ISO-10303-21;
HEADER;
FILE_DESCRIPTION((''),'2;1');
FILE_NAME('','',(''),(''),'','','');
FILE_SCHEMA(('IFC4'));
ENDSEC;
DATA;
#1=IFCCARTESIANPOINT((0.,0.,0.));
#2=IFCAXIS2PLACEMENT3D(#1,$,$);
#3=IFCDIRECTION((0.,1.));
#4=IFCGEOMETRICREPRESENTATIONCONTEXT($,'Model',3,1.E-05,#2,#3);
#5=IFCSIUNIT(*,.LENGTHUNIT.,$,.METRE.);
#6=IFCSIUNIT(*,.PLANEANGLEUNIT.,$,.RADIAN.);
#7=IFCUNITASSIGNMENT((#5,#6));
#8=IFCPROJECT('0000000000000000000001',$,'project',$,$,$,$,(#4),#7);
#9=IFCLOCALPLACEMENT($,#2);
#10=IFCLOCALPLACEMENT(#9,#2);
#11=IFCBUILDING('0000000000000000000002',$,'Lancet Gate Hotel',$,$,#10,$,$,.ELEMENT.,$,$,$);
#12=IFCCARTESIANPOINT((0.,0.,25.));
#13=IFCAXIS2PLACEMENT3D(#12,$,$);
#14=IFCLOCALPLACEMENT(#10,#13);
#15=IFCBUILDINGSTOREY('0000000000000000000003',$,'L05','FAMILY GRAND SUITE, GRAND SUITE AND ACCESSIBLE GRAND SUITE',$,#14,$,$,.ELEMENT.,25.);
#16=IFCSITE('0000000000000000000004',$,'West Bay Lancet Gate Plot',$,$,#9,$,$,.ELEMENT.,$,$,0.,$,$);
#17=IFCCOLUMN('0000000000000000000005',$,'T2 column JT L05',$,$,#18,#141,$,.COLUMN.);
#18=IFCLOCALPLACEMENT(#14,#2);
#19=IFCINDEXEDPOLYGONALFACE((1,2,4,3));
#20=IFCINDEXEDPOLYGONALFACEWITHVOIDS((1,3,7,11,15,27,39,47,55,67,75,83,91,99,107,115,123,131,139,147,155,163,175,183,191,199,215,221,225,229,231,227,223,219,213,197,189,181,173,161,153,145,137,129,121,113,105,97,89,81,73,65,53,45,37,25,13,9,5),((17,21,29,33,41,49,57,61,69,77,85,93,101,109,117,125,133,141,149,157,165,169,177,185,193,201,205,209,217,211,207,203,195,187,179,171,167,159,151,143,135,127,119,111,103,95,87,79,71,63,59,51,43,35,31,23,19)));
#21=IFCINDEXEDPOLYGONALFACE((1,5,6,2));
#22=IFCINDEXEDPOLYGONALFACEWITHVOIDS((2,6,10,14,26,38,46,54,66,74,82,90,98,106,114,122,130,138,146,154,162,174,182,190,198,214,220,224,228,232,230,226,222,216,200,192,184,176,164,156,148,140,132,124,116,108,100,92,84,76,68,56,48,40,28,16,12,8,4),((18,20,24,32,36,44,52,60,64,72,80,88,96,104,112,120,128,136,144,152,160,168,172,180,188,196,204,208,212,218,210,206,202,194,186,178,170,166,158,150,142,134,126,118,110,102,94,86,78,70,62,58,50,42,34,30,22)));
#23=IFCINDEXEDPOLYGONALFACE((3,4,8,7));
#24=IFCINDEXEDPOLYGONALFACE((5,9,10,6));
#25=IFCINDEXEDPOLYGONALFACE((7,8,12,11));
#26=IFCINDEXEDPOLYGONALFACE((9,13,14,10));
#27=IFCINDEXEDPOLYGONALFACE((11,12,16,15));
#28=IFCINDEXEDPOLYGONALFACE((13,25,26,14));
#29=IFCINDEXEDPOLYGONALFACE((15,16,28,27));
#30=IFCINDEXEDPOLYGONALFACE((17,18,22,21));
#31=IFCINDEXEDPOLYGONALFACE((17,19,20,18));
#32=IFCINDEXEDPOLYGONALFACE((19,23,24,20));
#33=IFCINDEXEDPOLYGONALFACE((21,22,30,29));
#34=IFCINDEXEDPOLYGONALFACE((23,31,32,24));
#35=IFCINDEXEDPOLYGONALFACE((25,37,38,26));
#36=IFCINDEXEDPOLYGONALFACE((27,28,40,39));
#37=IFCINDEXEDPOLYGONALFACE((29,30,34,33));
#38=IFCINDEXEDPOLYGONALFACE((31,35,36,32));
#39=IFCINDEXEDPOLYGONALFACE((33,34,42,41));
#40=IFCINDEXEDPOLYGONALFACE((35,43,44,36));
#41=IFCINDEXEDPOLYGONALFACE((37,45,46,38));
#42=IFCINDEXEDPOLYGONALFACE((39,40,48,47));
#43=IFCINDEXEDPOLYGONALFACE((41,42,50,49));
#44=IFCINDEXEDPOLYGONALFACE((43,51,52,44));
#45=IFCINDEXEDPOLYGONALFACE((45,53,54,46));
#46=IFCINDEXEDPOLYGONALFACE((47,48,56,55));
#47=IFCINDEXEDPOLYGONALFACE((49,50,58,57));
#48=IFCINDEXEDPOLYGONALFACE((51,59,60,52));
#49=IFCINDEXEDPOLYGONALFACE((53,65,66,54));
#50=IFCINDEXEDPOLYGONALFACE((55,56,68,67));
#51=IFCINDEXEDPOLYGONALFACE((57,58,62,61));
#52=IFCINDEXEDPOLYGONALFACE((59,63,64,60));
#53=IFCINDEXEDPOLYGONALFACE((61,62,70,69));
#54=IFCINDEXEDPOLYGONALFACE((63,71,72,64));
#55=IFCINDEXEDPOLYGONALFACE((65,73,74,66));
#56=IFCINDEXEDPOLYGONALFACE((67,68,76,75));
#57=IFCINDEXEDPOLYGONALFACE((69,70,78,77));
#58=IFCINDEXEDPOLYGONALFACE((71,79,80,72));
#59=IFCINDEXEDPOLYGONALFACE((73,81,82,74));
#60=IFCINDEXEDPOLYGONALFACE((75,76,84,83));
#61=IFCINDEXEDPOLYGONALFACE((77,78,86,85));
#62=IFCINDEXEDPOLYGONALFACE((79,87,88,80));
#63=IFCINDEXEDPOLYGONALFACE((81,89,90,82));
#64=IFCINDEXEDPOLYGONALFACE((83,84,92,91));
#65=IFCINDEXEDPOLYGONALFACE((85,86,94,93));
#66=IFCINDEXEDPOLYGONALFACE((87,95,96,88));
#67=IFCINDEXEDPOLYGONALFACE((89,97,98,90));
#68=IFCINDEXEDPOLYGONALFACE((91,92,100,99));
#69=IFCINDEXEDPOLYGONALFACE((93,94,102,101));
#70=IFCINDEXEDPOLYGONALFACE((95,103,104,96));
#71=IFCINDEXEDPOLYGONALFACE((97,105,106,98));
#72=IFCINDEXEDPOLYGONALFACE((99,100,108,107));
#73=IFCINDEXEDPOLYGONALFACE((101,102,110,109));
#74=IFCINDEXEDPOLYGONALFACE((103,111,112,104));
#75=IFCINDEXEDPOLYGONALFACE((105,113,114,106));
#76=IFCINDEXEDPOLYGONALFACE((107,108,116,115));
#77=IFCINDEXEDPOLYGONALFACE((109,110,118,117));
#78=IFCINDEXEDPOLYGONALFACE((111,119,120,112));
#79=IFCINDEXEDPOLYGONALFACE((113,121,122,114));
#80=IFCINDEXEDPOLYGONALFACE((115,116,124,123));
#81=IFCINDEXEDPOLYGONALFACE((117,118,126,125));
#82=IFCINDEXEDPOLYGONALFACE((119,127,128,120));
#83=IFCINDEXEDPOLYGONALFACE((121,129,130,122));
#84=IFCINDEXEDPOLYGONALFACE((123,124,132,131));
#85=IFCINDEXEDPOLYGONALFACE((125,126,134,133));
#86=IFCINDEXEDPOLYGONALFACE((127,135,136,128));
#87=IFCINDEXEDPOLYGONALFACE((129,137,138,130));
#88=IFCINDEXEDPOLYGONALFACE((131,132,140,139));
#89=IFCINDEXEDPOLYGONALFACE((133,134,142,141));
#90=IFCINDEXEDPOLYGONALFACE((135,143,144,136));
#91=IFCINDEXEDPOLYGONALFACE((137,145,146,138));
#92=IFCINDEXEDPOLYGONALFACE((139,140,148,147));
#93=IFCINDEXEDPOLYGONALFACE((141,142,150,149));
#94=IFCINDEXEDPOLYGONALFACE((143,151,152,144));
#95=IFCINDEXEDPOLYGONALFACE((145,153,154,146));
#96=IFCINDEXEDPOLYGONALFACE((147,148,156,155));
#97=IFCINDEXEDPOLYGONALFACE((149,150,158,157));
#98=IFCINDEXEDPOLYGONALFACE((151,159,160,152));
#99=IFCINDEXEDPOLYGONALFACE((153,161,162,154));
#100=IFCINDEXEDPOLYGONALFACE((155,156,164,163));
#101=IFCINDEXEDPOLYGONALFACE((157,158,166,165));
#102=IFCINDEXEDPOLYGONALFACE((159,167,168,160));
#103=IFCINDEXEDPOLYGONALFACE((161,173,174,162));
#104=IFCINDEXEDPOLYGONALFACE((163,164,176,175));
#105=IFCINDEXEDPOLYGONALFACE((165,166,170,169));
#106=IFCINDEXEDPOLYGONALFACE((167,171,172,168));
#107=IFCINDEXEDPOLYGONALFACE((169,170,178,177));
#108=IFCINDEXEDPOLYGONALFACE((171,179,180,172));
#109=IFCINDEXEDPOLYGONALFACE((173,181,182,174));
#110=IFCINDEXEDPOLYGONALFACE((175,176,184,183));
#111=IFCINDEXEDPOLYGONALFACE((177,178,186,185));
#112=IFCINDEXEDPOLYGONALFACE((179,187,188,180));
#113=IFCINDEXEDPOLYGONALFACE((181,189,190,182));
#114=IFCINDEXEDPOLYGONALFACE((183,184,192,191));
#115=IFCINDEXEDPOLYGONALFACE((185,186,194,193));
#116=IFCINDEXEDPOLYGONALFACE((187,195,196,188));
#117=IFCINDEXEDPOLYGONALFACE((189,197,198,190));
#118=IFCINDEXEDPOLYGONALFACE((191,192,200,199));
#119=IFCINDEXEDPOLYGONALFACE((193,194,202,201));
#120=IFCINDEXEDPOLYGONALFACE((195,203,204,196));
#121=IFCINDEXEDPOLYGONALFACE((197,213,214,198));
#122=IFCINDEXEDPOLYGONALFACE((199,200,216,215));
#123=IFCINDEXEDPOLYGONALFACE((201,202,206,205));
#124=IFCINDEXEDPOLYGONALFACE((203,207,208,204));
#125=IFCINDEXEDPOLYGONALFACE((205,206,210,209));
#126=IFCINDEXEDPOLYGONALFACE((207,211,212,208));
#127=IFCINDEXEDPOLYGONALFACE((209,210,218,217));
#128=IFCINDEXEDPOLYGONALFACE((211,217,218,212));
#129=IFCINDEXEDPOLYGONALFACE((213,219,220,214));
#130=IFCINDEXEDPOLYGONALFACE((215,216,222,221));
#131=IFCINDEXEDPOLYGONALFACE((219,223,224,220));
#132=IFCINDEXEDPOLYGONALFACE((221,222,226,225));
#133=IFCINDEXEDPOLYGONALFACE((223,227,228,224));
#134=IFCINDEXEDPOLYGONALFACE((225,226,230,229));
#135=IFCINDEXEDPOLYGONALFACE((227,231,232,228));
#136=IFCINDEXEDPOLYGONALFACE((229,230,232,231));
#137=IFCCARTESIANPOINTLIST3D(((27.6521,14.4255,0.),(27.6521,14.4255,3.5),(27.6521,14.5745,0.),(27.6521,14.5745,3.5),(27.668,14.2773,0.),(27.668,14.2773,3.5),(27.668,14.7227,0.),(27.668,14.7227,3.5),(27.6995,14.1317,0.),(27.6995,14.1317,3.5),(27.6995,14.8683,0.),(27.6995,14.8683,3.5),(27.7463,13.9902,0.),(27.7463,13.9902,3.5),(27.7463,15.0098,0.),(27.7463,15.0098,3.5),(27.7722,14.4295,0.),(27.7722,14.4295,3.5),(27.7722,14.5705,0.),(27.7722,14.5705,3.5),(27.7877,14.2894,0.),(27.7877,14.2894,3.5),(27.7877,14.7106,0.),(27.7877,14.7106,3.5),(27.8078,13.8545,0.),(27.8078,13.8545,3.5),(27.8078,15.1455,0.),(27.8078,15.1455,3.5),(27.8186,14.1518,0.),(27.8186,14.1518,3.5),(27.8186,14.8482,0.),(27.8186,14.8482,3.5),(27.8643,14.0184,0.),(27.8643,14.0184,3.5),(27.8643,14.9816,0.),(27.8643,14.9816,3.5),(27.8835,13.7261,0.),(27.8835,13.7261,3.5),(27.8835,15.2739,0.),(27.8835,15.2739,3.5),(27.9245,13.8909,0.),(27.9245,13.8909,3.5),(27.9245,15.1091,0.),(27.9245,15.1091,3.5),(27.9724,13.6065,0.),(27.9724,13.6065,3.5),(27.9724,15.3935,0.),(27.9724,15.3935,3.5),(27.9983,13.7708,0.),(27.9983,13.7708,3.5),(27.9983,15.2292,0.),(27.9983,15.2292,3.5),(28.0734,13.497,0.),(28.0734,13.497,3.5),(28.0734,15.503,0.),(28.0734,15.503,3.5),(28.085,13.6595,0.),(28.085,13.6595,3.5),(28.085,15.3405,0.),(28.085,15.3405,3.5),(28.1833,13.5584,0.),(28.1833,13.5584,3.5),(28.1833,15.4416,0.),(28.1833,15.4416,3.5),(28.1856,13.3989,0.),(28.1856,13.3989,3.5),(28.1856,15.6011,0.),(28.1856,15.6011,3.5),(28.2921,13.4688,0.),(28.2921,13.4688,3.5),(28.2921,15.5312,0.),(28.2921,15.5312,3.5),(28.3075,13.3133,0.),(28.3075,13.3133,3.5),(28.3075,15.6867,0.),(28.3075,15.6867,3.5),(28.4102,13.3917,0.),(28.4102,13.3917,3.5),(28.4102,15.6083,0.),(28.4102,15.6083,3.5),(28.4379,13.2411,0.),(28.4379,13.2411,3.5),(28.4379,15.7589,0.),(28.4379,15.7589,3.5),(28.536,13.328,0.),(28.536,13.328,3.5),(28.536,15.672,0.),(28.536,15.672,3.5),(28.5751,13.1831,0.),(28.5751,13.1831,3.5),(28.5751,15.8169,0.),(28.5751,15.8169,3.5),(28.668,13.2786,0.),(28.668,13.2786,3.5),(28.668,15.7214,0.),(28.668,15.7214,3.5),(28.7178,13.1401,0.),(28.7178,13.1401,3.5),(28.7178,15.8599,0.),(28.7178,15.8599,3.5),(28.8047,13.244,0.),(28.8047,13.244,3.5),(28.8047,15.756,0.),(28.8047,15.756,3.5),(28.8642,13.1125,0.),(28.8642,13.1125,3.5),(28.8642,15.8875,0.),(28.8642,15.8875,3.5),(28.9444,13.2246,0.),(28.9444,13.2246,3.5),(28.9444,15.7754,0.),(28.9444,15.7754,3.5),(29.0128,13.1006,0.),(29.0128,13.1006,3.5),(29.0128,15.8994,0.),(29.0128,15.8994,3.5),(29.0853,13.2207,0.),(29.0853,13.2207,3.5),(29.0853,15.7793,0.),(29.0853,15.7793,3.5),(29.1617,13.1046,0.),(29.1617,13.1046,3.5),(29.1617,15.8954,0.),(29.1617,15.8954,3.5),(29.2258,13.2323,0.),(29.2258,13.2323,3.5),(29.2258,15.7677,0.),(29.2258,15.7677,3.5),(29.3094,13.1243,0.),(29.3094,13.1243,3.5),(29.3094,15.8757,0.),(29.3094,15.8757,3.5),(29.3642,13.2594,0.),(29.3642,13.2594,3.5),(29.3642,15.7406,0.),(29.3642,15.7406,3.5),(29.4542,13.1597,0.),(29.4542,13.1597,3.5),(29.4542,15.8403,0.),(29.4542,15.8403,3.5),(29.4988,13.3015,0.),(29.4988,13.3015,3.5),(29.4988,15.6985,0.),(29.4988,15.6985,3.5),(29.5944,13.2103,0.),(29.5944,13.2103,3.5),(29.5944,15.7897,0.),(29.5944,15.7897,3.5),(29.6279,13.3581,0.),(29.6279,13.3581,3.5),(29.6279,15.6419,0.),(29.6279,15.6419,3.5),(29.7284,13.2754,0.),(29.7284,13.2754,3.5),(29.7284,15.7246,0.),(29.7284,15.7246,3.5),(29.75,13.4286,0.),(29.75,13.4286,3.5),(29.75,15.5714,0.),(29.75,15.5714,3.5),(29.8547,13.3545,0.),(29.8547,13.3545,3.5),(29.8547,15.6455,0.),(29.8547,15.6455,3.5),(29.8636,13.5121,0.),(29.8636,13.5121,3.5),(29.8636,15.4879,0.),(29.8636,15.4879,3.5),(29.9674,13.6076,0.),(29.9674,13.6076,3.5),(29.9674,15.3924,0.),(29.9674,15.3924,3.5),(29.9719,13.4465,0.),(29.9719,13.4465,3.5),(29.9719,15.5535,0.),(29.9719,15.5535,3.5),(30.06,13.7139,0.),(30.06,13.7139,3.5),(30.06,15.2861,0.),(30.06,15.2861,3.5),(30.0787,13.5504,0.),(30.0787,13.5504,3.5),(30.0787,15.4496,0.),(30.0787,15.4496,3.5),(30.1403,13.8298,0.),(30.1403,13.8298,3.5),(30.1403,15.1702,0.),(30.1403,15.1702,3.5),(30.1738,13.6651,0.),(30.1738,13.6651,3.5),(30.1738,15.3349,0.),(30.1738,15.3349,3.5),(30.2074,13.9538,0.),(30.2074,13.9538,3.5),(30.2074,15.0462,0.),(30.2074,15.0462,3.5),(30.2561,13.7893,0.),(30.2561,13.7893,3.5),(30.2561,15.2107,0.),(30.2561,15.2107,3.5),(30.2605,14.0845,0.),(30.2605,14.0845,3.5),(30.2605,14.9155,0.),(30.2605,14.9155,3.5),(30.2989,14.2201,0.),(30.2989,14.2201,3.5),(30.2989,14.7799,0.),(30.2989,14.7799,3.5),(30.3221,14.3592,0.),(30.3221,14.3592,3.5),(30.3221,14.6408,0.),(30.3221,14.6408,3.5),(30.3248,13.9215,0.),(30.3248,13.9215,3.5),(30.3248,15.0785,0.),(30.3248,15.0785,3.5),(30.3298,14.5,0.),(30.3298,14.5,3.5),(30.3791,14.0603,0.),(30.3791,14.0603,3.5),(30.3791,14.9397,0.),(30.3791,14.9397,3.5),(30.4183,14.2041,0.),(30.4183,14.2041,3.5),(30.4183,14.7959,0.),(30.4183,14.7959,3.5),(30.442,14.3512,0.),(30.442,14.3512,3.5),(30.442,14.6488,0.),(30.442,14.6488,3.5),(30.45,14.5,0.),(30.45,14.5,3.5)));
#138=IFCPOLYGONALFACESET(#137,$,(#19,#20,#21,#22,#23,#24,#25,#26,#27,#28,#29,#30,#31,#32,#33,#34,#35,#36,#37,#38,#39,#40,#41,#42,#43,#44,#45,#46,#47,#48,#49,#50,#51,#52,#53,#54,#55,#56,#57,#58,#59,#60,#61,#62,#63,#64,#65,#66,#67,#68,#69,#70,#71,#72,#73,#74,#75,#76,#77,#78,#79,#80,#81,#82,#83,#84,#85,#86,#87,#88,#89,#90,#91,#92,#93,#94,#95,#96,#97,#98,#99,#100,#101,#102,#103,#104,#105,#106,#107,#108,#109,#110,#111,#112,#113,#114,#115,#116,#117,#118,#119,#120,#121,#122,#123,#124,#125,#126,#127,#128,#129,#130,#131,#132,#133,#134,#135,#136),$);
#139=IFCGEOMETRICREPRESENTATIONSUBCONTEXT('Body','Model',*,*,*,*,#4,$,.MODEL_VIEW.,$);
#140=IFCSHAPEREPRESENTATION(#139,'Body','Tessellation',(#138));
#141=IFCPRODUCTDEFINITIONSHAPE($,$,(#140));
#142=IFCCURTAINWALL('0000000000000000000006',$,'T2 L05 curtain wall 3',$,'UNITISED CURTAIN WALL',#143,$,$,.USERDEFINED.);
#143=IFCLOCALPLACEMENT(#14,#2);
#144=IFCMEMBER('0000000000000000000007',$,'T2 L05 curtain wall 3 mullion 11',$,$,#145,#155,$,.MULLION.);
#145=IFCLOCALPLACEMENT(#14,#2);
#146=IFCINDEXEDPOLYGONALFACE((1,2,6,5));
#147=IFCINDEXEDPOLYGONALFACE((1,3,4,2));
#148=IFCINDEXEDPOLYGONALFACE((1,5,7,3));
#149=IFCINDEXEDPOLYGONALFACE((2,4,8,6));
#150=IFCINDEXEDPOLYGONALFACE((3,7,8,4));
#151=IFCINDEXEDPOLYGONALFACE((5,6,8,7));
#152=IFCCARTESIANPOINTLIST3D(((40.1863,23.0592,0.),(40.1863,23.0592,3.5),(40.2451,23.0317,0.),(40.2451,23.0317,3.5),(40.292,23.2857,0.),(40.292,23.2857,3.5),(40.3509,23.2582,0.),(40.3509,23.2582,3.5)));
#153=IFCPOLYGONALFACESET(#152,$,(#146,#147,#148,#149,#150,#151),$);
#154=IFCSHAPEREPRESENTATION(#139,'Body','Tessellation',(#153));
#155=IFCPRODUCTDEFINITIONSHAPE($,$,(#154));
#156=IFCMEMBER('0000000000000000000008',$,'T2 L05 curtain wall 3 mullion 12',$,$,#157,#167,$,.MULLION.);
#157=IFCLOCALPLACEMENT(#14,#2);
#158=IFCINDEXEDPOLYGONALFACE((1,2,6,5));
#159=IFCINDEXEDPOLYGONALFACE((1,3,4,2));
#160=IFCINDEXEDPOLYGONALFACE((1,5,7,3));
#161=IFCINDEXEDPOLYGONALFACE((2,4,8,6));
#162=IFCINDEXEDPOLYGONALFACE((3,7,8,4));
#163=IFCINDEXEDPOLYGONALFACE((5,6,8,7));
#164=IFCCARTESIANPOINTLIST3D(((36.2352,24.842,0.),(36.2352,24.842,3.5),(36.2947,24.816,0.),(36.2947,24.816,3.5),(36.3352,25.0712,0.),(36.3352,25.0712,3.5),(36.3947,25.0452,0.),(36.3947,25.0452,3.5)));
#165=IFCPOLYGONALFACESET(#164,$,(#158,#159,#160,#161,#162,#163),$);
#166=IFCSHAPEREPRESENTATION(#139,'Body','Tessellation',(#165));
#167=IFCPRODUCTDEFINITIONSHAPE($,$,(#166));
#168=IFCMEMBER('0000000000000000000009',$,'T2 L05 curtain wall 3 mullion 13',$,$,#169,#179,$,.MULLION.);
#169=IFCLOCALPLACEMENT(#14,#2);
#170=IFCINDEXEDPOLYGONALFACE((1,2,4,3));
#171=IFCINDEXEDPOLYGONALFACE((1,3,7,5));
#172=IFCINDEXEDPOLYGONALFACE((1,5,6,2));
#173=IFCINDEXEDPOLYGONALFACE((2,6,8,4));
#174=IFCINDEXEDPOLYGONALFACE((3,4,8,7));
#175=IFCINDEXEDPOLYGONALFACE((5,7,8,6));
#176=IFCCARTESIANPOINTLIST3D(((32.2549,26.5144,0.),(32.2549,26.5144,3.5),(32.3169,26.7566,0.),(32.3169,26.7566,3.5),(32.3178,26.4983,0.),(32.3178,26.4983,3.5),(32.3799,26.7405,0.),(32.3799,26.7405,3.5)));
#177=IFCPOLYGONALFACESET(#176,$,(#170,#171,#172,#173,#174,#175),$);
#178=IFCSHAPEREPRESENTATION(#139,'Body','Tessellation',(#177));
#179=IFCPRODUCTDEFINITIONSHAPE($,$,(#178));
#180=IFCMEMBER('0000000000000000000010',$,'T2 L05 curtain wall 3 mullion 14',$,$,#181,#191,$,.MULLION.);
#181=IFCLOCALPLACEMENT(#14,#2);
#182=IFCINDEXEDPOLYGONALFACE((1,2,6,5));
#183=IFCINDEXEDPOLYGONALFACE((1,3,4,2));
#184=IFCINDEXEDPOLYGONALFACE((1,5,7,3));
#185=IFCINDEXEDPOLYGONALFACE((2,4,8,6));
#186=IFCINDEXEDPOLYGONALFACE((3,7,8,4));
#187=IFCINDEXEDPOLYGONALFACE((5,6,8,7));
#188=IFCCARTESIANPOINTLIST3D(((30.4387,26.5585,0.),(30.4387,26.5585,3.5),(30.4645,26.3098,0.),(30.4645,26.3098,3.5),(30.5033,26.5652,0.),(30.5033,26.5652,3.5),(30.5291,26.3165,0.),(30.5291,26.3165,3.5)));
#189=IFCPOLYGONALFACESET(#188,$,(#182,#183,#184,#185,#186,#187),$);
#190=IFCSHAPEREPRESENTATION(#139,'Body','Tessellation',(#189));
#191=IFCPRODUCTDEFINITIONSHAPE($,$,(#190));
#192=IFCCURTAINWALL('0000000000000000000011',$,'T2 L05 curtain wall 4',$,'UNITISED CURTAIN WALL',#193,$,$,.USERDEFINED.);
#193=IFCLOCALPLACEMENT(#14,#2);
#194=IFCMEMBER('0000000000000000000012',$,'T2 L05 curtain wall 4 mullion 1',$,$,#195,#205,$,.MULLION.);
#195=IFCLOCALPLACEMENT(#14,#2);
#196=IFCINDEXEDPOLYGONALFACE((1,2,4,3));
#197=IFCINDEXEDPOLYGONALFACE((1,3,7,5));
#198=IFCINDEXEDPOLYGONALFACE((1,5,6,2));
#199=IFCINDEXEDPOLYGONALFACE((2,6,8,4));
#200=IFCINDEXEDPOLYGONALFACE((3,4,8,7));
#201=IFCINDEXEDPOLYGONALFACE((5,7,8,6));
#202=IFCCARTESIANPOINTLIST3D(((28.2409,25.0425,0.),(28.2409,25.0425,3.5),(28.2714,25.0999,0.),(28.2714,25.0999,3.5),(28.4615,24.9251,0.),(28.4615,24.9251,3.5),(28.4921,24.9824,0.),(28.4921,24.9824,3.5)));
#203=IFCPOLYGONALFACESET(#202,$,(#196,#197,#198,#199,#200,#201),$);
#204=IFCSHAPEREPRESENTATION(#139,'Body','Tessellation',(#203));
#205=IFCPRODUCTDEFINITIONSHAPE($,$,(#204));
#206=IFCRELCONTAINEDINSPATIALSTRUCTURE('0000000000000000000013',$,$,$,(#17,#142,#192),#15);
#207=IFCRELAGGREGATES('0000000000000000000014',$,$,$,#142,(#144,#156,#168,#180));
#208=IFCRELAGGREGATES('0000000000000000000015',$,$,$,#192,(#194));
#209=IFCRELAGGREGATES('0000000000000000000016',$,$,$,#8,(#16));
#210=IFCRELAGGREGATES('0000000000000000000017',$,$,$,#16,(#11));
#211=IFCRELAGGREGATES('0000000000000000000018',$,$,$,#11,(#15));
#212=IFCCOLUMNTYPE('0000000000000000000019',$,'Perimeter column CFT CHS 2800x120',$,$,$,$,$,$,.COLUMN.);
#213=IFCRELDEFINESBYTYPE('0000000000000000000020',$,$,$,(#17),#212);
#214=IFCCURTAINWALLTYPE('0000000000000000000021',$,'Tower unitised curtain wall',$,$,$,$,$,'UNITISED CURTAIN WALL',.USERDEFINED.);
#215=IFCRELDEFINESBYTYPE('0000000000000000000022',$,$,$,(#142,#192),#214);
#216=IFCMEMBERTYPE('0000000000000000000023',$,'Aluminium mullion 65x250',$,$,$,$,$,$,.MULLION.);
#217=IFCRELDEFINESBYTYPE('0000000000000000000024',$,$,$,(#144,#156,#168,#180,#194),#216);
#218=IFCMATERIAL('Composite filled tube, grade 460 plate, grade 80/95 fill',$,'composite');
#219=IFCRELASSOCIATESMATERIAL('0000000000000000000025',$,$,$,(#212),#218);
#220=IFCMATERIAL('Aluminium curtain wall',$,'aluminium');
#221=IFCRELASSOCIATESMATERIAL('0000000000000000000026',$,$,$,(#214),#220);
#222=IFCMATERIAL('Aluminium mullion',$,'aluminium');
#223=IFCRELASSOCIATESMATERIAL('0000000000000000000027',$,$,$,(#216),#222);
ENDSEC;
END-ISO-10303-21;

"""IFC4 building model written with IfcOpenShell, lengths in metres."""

from ifc_helpers import new_model, si_unit, direction, frame, origin, origin_2d, place, context, subcontext, project, spatial, rectangle, hollow_circle, extrude, material, material_profile, profile_set, type_object, element, aggregate, save


model = new_model("IFC4")

# Units and contexts
model_context = context("Model", 3, precision=1e-05, world=origin(), true_north=direction((0.0, 1.0)))
body_context = subcontext(model_context, "Body", "Model", "MODEL_VIEW")
ifc_project = project(units=[si_unit("LENGTHUNIT", "METRE"), si_unit("PLANEANGLEUNIT", "RADIAN")], contexts=[model_context])

# Site, building, storey
site_placement = place(None, origin())
site = spatial("IfcSite", under=ifc_project, at=site_placement, Name="West Bay Lancet Gate Plot", CompositionType="ELEMENT", RefElevation=0.0)
building_placement = place(site_placement, origin())
building = spatial("IfcBuilding", under=site, at=building_placement, Name="Lancet Gate Hotel", CompositionType="ELEMENT")
storey_placement = place(building_placement, frame((0.0, 0.0, 25.0)))
storey = spatial("IfcBuildingStorey", under=building, at=storey_placement, Name="L05", Description="FAMILY GRAND SUITE, GRAND SUITE AND ACCESSIBLE GRAND SUITE", CompositionType="ELEMENT", Elevation=25.0)

# Column
ifc_material_1 = material(Name="Composite filled tube, grade 460 plate, grade 80/95 fill", Category="composite")
ifc_material_profile_1 = material_profile(ifc_material_1, hollow_circle(Radius=1.3999, WallThickness=0.1201, at=origin_2d()), Name="CHS 2800x120")
ifc_profile_set_1 = profile_set([ifc_material_profile_1], Name="Composite filled tube, grade 460 plate, grade 80/95 fill")
column_type = type_object("IfcColumnType", Name="Perimeter column CFT CHS 2800x120", PredefinedType="COLUMN", material=ifc_profile_set_1)
for number, where, z_axis, x_axis, name in (
    (1, (29.05, 14.5, 0.0), (0.0, 0.0, 1.0), (1.0, 0.0, 0.0), "T2 column JT L05"),
):
    element("IfcColumn", number, at=place(storey_placement, frame(where, z_axis=z_axis, x_axis=x_axis)), inside=storey, type_object=column_type, Name=name, PredefinedType="COLUMN", context=body_context, shape_type="SweptSolid", body=[
        extrude(hollow_circle(Radius=1.3999, WallThickness=0.1201, at=origin_2d()), origin(), (0.0, 0.0, 1.0), 3.5),
    ])

# Curtain walls, members
ifc_material_2 = material(Name="Aluminium curtain wall", Category="aluminium")
curtain_wall_type = type_object("IfcCurtainWallType", Name="Tower unitised curtain wall", ElementType="UNITISED CURTAIN WALL", PredefinedType="USERDEFINED", material=ifc_material_2)
curtain_wall_1_placement = place(storey_placement, origin())
curtain_wall_1 = element("IfcCurtainWall", 2, at=curtain_wall_1_placement, inside=storey, type_object=curtain_wall_type, Name="T2 L05 curtain wall 3", ObjectType="UNITISED CURTAIN WALL", PredefinedType="USERDEFINED")
ifc_material_3 = material(Name="Aluminium mullion", Category="aluminium")
ifc_material_profile_2 = material_profile(ifc_material_3, rectangle(XDim=0.0649, YDim=0.25, at=origin_2d()), Name="MULLION 65x250")
ifc_profile_set_2 = profile_set([ifc_material_profile_2], Name="Aluminium mullion")
member_type_1 = type_object("IfcMemberType", Name="Aluminium mullion 65x250", PredefinedType="MULLION", material=ifc_profile_set_2)
member_1_placement = place(storey_placement, frame((40.2686, 23.1587, 0.0), z_axis=(0.0, 0.0, 1.0), x_axis=(-0.906105, 0.423053, 0.0)))
member_1 = element("IfcMember", 3, at=member_1_placement, type_object=member_type_1, Name="T2 L05 curtain wall 3 mullion 11", PredefinedType="MULLION", context=body_context, shape_type="SweptSolid", body=[
    extrude(rectangle(XDim=0.0649, YDim=0.25, at=origin_2d()), origin(), (0.0, 0.0, 1.0), 3.5),
])
member_2_placement = place(storey_placement, frame((36.3149, 24.9436, 0.0), z_axis=(0.0, 0.0, 1.0), x_axis=(-0.916579, 0.399854, 0.0)))
member_2 = element("IfcMember", 4, at=member_2_placement, type_object=member_type_1, Name="T2 L05 curtain wall 3 mullion 12", PredefinedType="MULLION", context=body_context, shape_type="SweptSolid", body=[
    extrude(rectangle(XDim=0.0649, YDim=0.25, at=origin_2d()), origin(), (0.0, 0.0, 1.0), 3.5),
])
member_3_placement = place(storey_placement, frame((32.3174, 26.6274, 0.0), z_axis=(0.0, 0.0, 1.0), x_axis=(-0.968721, 0.24815, 0.0)))
member_3 = element("IfcMember", 5, at=member_3_placement, type_object=member_type_1, Name="T2 L05 curtain wall 3 mullion 13", PredefinedType="MULLION", context=body_context, shape_type="SweptSolid", body=[
    extrude(rectangle(XDim=0.0649, YDim=0.25, at=origin_2d()), origin(), (0.0, 0.0, 1.0), 3.5),
])
member_4_placement = place(storey_placement, frame((30.4839, 26.4375, 0.0), z_axis=(0.0, 0.0, 1.0), x_axis=(-0.994672, -0.103088, 0.0)))
member_4 = element("IfcMember", 6, at=member_4_placement, type_object=member_type_1, Name="T2 L05 curtain wall 3 mullion 14", PredefinedType="MULLION", context=body_context, shape_type="SweptSolid", body=[
    extrude(rectangle(XDim=0.0649, YDim=0.25, at=origin_2d()), origin(), (0.0, 0.0, 1.0), 3.5),
])
curtain_wall_2_placement = place(storey_placement, origin())
curtain_wall_2 = element("IfcCurtainWall", 7, at=curtain_wall_2_placement, inside=storey, type_object=curtain_wall_type, Name="T2 L05 curtain wall 4", ObjectType="UNITISED CURTAIN WALL", PredefinedType="USERDEFINED")
member_5_placement = place(storey_placement, frame((28.3665, 25.0125, 0.0), z_axis=(0.0, 0.0, 1.0), x_axis=(-0.469898, -0.882721, 0.0)))
member_5 = element("IfcMember", 8, at=member_5_placement, type_object=member_type_1, Name="T2 L05 curtain wall 4 mullion 1", PredefinedType="MULLION", context=body_context, shape_type="SweptSolid", body=[
    extrude(rectangle(XDim=0.0649, YDim=0.25, at=origin_2d()), origin(), (0.0, 0.0, 1.0), 3.5),
])

aggregate(curtain_wall_1, [member_1, member_2, member_3, member_4])
aggregate(curtain_wall_2, [member_5])

save(model, "model.ifc")
